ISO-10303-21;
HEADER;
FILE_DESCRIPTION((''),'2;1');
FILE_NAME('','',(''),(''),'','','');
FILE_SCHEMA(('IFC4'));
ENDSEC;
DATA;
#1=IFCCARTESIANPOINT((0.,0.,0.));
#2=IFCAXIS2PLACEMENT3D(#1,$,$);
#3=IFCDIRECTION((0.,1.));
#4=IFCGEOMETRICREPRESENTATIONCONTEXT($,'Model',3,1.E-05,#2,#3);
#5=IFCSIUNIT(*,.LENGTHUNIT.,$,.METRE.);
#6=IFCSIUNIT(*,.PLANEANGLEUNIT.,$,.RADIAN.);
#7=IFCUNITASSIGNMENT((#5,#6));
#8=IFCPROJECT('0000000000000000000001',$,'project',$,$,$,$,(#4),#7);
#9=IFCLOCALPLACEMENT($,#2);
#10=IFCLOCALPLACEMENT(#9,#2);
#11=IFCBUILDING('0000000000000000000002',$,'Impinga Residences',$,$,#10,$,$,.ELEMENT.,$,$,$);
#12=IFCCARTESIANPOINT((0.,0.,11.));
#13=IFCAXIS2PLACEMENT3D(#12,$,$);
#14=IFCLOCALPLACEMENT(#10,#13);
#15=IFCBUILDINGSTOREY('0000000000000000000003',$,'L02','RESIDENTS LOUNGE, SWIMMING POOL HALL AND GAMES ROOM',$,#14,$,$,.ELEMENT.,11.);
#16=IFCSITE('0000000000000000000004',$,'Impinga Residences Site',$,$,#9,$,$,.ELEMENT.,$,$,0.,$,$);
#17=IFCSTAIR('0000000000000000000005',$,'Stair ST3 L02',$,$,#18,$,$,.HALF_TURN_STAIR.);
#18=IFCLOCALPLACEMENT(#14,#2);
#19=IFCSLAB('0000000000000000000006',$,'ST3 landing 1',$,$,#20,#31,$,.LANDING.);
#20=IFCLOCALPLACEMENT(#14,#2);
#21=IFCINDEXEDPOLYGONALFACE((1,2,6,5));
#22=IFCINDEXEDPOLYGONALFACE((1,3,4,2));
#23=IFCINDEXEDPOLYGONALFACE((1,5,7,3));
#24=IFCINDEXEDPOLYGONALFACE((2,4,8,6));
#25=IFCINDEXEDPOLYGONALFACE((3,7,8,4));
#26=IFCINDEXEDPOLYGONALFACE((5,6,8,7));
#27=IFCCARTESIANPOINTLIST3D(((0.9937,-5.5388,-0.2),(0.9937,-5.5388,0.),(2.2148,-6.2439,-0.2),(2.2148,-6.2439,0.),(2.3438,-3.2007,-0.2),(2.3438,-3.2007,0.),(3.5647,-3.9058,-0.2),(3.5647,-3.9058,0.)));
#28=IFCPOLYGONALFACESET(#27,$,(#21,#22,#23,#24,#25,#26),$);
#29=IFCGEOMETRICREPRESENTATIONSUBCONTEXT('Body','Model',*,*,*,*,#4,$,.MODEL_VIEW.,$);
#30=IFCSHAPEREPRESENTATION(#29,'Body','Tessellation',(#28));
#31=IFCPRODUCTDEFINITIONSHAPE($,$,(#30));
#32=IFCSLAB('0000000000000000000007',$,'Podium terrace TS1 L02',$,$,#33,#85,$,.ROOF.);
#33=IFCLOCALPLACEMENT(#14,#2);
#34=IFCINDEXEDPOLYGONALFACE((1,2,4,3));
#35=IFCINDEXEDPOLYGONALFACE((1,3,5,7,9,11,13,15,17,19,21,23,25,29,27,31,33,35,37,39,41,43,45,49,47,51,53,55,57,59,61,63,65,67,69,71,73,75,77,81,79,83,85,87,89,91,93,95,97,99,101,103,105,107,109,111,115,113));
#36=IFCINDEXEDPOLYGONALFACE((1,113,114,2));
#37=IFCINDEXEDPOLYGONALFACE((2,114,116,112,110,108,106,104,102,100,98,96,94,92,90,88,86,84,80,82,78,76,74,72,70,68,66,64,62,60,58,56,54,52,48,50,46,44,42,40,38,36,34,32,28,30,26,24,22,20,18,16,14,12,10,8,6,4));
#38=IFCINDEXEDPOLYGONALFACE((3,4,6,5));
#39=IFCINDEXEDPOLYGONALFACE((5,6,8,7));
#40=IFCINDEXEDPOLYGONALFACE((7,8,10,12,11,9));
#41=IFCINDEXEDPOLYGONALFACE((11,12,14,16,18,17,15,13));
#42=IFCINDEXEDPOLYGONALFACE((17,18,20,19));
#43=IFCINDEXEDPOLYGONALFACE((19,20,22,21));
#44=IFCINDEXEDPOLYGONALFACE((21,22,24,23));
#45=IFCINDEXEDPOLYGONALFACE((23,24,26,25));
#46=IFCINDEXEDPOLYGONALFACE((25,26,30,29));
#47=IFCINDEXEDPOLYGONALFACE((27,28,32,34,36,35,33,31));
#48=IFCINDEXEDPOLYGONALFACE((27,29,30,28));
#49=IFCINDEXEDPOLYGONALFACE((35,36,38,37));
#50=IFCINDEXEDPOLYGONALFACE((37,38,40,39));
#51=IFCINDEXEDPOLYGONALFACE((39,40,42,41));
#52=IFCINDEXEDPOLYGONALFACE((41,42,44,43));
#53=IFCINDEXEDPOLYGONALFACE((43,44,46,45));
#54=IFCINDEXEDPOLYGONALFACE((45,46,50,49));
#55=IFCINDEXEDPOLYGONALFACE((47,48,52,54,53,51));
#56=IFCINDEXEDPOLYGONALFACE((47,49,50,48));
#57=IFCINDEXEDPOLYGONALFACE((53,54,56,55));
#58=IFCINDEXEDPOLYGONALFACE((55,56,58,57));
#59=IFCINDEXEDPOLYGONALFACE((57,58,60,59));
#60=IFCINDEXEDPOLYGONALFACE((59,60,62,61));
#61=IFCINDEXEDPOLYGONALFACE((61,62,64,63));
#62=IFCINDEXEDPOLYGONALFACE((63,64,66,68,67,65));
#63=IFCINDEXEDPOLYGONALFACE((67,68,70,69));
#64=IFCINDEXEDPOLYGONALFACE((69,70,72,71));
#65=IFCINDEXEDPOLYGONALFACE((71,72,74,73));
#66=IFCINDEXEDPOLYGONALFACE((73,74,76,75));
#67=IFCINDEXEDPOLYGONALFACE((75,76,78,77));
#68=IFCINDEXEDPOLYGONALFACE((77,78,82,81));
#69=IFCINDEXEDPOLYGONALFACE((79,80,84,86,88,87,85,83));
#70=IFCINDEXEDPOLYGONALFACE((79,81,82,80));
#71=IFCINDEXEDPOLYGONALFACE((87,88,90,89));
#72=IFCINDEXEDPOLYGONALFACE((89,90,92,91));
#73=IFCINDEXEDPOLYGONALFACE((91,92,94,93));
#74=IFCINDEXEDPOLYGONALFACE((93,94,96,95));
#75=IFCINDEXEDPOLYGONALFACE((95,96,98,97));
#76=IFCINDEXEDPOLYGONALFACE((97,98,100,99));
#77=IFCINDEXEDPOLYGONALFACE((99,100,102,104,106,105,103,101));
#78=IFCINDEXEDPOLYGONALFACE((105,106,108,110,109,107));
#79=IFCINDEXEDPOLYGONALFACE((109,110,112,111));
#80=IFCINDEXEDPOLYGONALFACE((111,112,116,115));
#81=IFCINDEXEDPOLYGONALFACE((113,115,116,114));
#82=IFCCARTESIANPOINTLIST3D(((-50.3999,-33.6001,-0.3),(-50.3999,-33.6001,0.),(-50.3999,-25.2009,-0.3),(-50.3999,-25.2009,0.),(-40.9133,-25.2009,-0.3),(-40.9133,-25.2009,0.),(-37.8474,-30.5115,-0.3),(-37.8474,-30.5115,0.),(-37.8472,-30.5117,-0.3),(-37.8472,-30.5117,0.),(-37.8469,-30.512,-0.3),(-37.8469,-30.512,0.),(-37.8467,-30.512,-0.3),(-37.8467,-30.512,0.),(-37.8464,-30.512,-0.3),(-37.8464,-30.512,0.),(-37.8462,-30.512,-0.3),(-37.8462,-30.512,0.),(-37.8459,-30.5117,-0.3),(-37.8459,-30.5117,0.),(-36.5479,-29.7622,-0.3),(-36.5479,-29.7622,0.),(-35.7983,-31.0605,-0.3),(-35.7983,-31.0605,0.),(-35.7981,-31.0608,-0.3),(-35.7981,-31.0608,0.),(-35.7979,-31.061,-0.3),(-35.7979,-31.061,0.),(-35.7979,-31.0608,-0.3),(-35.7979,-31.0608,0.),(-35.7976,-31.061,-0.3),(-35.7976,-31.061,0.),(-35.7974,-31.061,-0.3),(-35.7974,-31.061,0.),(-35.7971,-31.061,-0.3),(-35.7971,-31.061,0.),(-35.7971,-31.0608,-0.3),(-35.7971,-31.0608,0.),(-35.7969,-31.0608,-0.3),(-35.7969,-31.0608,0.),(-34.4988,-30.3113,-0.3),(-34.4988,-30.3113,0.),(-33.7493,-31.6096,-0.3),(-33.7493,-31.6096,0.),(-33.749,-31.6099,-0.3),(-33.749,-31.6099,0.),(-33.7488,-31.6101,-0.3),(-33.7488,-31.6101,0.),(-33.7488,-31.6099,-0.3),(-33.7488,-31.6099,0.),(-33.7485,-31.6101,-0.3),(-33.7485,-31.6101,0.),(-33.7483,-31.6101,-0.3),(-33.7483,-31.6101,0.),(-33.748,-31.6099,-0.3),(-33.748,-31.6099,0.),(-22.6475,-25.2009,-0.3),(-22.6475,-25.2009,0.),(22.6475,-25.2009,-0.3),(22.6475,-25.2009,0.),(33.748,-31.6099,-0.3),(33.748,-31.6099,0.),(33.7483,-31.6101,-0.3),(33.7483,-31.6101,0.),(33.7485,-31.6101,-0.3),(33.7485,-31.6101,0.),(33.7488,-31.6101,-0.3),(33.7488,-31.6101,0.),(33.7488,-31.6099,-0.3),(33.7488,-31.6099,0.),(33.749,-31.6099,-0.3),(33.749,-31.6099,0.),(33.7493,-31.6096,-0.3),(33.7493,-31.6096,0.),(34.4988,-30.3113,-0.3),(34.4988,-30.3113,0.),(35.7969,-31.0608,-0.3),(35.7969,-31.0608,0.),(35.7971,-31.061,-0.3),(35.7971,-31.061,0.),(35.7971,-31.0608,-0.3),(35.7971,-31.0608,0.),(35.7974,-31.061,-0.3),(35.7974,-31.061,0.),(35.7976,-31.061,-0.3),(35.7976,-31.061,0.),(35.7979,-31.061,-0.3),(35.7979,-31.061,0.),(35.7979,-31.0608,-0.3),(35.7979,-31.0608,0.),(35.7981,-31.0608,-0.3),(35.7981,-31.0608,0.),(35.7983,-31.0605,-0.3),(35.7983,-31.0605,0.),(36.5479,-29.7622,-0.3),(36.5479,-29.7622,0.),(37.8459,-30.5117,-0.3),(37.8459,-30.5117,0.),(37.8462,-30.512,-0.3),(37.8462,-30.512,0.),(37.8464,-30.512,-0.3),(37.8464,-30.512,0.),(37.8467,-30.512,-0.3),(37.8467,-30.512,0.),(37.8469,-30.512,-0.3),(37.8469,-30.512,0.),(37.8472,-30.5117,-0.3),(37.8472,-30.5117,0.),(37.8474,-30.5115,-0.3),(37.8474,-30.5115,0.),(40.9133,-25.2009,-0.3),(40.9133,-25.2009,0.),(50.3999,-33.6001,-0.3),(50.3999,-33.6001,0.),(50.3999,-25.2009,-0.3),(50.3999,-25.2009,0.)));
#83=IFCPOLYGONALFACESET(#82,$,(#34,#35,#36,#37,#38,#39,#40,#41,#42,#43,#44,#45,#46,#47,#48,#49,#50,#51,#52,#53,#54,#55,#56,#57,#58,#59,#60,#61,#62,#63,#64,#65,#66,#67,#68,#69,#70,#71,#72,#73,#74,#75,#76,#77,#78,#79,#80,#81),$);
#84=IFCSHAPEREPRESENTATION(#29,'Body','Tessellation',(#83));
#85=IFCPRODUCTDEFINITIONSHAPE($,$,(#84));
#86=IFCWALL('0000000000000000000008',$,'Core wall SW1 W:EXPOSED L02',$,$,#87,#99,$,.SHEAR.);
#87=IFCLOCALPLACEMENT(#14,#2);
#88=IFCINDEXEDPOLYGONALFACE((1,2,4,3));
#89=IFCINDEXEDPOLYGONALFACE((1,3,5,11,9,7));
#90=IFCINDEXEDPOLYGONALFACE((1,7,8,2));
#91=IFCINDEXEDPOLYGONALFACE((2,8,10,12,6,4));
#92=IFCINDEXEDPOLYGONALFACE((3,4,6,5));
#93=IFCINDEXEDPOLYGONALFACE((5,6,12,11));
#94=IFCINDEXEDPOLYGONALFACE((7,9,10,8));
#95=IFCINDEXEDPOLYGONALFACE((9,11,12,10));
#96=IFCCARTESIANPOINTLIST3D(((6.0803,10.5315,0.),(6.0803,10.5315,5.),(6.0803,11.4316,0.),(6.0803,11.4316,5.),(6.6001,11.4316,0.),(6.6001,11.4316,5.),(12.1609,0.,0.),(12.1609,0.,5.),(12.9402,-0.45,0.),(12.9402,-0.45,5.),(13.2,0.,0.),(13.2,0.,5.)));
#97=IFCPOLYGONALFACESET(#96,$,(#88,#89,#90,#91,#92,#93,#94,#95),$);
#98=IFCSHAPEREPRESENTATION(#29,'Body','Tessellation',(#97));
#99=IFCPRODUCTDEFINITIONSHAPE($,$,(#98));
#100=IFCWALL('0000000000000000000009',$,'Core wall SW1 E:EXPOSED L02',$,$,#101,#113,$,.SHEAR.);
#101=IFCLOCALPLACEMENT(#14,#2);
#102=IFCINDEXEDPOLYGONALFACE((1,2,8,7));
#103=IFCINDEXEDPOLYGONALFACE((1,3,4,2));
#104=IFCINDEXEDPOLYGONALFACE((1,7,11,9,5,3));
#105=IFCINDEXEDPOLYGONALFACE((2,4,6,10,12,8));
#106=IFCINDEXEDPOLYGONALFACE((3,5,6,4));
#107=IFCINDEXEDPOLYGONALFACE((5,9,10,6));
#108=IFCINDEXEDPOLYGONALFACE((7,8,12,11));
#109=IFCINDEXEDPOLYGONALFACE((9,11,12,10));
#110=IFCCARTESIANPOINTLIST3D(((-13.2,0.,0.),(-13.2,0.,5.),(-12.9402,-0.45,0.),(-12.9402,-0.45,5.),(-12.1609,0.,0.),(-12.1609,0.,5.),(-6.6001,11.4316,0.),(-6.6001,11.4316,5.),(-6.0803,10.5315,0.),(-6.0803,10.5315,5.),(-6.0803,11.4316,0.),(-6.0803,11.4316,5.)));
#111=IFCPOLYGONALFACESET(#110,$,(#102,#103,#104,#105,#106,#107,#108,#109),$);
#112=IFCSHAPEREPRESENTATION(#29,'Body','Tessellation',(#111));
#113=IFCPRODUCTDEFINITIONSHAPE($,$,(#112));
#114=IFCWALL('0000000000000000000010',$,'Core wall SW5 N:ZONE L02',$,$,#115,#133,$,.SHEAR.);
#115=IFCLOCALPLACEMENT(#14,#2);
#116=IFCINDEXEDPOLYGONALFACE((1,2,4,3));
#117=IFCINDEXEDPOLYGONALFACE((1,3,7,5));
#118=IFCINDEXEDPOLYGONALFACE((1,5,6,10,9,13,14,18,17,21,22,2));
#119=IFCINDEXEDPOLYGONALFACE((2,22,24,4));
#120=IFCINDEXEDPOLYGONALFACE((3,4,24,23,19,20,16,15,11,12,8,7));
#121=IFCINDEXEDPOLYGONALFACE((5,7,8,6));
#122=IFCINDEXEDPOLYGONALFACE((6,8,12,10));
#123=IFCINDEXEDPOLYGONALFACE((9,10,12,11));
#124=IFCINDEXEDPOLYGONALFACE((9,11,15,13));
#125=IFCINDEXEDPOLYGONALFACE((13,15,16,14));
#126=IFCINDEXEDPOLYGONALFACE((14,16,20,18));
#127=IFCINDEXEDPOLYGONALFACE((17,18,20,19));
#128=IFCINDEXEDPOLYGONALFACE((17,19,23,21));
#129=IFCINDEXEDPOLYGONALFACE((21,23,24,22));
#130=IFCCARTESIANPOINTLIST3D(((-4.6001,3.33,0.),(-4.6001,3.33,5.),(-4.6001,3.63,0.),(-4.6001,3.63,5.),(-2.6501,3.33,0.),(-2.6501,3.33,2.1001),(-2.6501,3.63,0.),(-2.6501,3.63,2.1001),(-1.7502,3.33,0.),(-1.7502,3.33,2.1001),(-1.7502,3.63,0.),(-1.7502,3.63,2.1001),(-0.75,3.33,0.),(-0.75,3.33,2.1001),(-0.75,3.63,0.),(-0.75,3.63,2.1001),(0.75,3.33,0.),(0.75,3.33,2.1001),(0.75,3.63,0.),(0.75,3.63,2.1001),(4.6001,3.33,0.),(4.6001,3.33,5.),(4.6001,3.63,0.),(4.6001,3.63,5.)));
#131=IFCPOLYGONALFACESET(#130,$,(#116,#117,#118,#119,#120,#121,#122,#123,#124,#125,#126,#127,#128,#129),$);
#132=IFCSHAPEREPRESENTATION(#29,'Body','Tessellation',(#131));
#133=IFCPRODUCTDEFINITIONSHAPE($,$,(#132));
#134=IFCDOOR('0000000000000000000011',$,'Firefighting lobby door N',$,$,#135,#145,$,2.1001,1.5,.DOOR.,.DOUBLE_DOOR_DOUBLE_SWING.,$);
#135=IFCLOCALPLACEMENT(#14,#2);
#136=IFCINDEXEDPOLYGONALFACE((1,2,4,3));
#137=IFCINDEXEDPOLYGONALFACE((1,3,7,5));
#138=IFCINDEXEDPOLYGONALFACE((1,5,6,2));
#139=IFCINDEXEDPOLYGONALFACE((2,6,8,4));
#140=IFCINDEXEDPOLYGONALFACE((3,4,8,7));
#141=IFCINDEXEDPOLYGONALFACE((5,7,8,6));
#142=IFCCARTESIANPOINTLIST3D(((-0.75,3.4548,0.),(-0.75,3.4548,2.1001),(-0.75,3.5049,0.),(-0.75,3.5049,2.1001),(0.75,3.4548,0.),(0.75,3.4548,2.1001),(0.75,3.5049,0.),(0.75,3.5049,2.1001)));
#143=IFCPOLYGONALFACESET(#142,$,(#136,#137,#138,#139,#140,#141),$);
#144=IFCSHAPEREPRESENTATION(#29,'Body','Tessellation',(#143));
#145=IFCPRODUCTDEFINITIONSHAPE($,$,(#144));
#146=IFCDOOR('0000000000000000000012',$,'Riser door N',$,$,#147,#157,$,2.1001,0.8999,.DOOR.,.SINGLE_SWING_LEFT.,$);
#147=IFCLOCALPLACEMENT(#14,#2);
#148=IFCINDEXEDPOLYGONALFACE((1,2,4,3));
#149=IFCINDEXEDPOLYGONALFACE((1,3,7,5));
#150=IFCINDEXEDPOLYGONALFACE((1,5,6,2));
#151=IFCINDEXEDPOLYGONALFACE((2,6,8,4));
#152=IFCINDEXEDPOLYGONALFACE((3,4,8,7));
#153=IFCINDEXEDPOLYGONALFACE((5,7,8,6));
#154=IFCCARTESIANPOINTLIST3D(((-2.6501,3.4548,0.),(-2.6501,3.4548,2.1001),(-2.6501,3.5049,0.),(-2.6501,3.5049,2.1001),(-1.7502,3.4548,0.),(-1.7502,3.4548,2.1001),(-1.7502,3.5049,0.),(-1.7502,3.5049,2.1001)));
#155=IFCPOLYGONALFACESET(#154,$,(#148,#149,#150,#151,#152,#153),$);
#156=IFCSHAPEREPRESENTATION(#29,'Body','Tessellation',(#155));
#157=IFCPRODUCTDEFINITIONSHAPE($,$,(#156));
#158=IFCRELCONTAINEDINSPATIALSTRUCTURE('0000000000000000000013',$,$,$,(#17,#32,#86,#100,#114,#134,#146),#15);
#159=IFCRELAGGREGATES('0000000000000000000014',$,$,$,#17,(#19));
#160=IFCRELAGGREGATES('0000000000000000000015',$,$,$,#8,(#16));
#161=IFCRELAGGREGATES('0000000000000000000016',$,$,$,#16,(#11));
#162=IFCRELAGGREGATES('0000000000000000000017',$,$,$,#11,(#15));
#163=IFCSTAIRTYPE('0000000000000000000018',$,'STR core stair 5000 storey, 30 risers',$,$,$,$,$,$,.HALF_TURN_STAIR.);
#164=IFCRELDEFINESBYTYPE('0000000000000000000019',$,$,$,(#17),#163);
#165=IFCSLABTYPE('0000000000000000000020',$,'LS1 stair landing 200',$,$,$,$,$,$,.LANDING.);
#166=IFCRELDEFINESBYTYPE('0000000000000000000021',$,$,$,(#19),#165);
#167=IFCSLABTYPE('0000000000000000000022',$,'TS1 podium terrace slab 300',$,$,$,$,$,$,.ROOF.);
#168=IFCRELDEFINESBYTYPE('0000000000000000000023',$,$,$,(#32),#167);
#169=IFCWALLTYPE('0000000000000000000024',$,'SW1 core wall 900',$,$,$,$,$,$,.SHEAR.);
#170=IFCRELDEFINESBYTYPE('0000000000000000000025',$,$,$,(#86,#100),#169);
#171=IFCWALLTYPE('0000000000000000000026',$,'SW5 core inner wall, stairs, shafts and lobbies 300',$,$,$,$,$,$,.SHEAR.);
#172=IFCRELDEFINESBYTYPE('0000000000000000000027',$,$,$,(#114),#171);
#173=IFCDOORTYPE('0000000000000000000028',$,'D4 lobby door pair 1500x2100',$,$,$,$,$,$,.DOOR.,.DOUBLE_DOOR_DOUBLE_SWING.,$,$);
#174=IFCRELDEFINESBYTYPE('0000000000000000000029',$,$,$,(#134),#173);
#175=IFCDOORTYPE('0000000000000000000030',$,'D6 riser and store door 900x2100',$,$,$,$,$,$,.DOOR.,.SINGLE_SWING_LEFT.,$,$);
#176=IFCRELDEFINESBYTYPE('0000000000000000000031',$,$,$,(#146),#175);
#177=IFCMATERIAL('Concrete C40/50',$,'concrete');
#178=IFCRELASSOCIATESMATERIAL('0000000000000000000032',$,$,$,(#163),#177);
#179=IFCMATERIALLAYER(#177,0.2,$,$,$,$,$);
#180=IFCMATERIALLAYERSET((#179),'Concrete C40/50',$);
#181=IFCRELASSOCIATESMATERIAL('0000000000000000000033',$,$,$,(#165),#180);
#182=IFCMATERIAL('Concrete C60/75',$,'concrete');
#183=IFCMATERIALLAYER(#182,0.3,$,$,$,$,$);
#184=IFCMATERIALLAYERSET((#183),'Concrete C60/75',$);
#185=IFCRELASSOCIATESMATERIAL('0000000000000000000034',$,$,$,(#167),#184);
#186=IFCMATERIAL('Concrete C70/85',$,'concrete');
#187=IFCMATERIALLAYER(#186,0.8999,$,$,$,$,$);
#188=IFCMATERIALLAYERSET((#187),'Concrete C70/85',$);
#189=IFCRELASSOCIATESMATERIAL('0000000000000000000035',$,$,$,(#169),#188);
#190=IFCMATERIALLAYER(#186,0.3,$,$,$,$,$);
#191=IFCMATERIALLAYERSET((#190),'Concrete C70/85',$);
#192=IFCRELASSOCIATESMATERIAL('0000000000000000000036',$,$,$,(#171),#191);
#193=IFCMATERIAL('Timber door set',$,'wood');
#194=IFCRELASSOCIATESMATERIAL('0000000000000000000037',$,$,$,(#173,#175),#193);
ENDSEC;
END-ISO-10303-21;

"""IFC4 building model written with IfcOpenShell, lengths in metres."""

from ifc_helpers import new_model, si_unit, direction, frame, frame_2d, origin, place, context, subcontext, project, spatial, polyline, rectangle, outline, extrude, material, layer, layer_set, type_object, element, fill, aggregate, save


model = new_model("IFC4")

# Units and contexts
model_context = context("Model", 3, precision=1e-05, world=origin(), true_north=direction((0.0, 1.0)))
body_context = subcontext(model_context, "Body", "Model", "MODEL_VIEW")
ifc_project = project(units=[si_unit("LENGTHUNIT", "METRE"), si_unit("PLANEANGLEUNIT", "RADIAN")], contexts=[model_context])

# Site, building, storey
site_placement = place(None, origin())
site = spatial("IfcSite", under=ifc_project, at=site_placement, Name="Impinga Residences Site", CompositionType="ELEMENT", RefElevation=0.0)
building_placement = place(site_placement, origin())
building = spatial("IfcBuilding", under=site, at=building_placement, Name="Impinga Residences", CompositionType="ELEMENT")
storey_placement = place(building_placement, frame((0.0, 0.0, 11.0)))
storey = spatial("IfcBuildingStorey", under=building, at=storey_placement, Name="L02", Description="RESIDENTS LOUNGE, SWIMMING POOL HALL AND GAMES ROOM", CompositionType="ELEMENT", Elevation=11.0)

# Shared definitions
ifc_material_1 = material(Name="Concrete C60/75", Category="concrete")

# Shared definitions
ifc_material_2 = material(Name="Concrete C40/50", Category="concrete")
stair_type = type_object("IfcStairType", Name="STR core stair 5000 storey, 30 risers", PredefinedType="HALF_TURN_STAIR", material=ifc_material_2)
ifc_layer_1 = layer(ifc_material_2, 0.2)
ifc_layer_set_1 = layer_set([ifc_layer_1], Name="Concrete C40/50")
slab_type_1 = type_object("IfcSlabType", Name="LS1 stair landing 200", PredefinedType="LANDING", material=ifc_layer_set_1)

# Stair, slab
stair_1_placement = place(storey_placement, origin())
stair_1 = element("IfcStair", 1, at=stair_1_placement, inside=storey, type_object=stair_type, Name="Stair ST3 L02", PredefinedType="HALF_TURN_STAIR")
slab_1_placement = place(storey_placement, frame((0.0, 0.0, -0.2)))
slab_1 = element("IfcSlab", 2, at=slab_1_placement, type_object=slab_type_1, Name="ST3 landing 1", PredefinedType="LANDING", context=body_context, shape_type="SweptSolid", body=[
    extrude(outline(polyline([(2.3438, -3.2007), (0.9937, -5.5388), (2.2148, -6.2439), (3.5647, -3.9058), (2.3438, -3.2007)])), origin(), (0.0, 0.0, 1.0), 0.2),
])
aggregate(stair_1, [slab_1])

# Slab
ifc_layer_2 = layer(ifc_material_1, 0.3)
ifc_layer_set_2 = layer_set([ifc_layer_2], Name="Concrete C60/75")
slab_type_2 = type_object("IfcSlabType", Name="TS1 podium terrace slab 300", PredefinedType="ROOF", material=ifc_layer_set_2)
slab_2_placement = place(storey_placement, frame((0.0, 0.0, -0.3)))
element("IfcSlab", 3, at=slab_2_placement, inside=storey, type_object=slab_type_2, Name="Podium terrace TS1 L02", PredefinedType="ROOF", context=body_context, shape_type="SweptSolid", body=[
    extrude(outline(polyline([(-50.3999, -25.2009), (-40.9133, -25.2009), (-37.8474, -30.5115), (-37.8474, -30.5115), (-37.8472, -30.5117), (-37.8472, -30.5117), (-37.8472, -30.5117), (-37.8472, -30.5117), (-37.8469, -30.512), (-37.8469, -30.512), (-37.8467, -30.512), (-37.8467, -30.512), (-37.8467, -30.512), (-37.8464, -30.512), (-37.8464, -30.512), (-37.8462, -30.512), (-37.8462, -30.512), (-37.8462, -30.512), (-37.8459, -30.5117), (-36.5479, -29.7622), (-35.7983, -31.0605), (-35.7983, -31.0605), (-35.7983, -31.0605), (-35.7981, -31.0608), (-35.7981, -31.0608), (-35.7981, -31.0608), (-35.7979, -31.0608), (-35.7979, -31.061), (-35.7979, -31.061), (-35.7976, -31.061), (-35.7976, -31.061), (-35.7974, -31.061), (-35.7974, -31.061), (-35.7974, -31.061), (-35.7971, -31.061), (-35.7971, -31.0608), (-35.7969, -31.0608), (-34.4988, -30.3113), (-33.7493, -31.6096), (-33.7493, -31.6096), (-33.7493, -31.6096), (-33.749, -31.6099), (-33.749, -31.6099), (-33.749, -31.6099), (-33.7488, -31.6099), (-33.7488, -31.6099), (-33.7488, -31.6101), (-33.7485, -31.6101), (-33.7485, -31.6101), (-33.7485, -31.6101), (-33.7483, -31.6101), (-33.7483, -31.6101), (-33.748, -31.6099), (-33.748, -31.6099), (-33.748, -31.6099), (-22.6475, -25.2009), (22.6475, -25.2009), (33.748, -31.6099), (33.748, -31.6099), (33.748, -31.6099), (33.7483, -31.6101), (33.7483, -31.6101), (33.7485, -31.6101), (33.7485, -31.6101), (33.7485, -31.6101), (33.7488, -31.6101), (33.7488, -31.6099), (33.7488, -31.6099), (33.749, -31.6099), (33.749, -31.6099), (33.749, -31.6099), (33.7493, -31.6096), (33.7493, -31.6096), (33.7493, -31.6096), (34.4988, -30.3113), (35.7969, -31.0608), (35.7971, -31.0608), (35.7971, -31.061), (35.7974, -31.061), (35.7974, -31.061), (35.7974, -31.061), (35.7976, -31.061), (35.7976, -31.061), (35.7979, -31.061), (35.7979, -31.061), (35.7979, -31.0608), (35.7981, -31.0608), (35.7981, -31.0608), (35.7981, -31.0608), (35.7983, -31.0605), (35.7983, -31.0605), (35.7983, -31.0605), (36.5479, -29.7622), (37.8459, -30.5117), (37.8462, -30.512), (37.8462, -30.512), (37.8462, -30.512), (37.8464, -30.512), (37.8464, -30.512), (37.8467, -30.512), (37.8467, -30.512), (37.8467, -30.512), (37.8469, -30.512), (37.8469, -30.512), (37.8472, -30.5117), (37.8472, -30.5117), (37.8472, -30.5117), (37.8472, -30.5117), (37.8474, -30.5115), (37.8474, -30.5115), (40.9133, -25.2009), (50.3999, -25.2009), (50.3999, -33.6001), (-50.3999, -33.6001), (-50.3999, -25.2009)])), origin(), (0.0, 0.0, 1.0), 0.3),
])

# Walls
ifc_material_3 = material(Name="Concrete C70/85", Category="concrete")
ifc_layer_3 = layer(ifc_material_3, 0.8999)
ifc_layer_set_3 = layer_set([ifc_layer_3], Name="Concrete C70/85")
wall_type_1 = type_object("IfcWallType", Name="SW1 core wall 900", PredefinedType="SHEAR", material=ifc_layer_set_3)
wall_1_placement = place(storey_placement, origin())
element("IfcWall", 4, at=wall_1_placement, inside=storey, type_object=wall_type_1, Name="Core wall SW1 W:EXPOSED L02", PredefinedType="SHEAR", context=body_context, shape_type="SweptSolid", body=[
    extrude(outline(polyline([(13.2, 0.0), (6.6001, 11.4316), (6.0803, 11.4316), (6.0803, 10.5315), (12.1609, 0.0), (12.9402, -0.45), (13.2, 0.0)])), origin(), (0.0, 0.0, 1.0), 5.0),
])
wall_2_placement = place(storey_placement, origin())
element("IfcWall", 5, at=wall_2_placement, inside=storey, type_object=wall_type_1, Name="Core wall SW1 E:EXPOSED L02", PredefinedType="SHEAR", context=body_context, shape_type="SweptSolid", body=[
    extrude(outline(polyline([(-6.6001, 11.4316), (-13.2, 0.0), (-12.9402, -0.45), (-12.1609, 0.0), (-6.0803, 10.5315), (-6.0803, 11.4316), (-6.6001, 11.4316)])), origin(), (0.0, 0.0, 1.0), 5.0),
])

# Wall, openings, doors
ifc_layer_4 = layer(ifc_material_3, 0.3)
ifc_layer_set_4 = layer_set([ifc_layer_4], Name="Concrete C70/85")
wall_type_2 = type_object("IfcWallType", Name="SW5 core inner wall, stairs, shafts and lobbies 300", PredefinedType="SHEAR", material=ifc_layer_set_4)
wall_3_placement = place(storey_placement, frame((-4.6001, 3.48, 0.0), z_axis=(0.0, 0.0, 1.0), x_axis=(1.0, 0.0, 0.0)))
wall_3 = element("IfcWall", 6, at=wall_3_placement, inside=storey, type_object=wall_type_2, Name="Core wall SW5 N:ZONE L02", PredefinedType="SHEAR", context=body_context, shape_type="SweptSolid", body=[
    extrude(rectangle(XDim=9.2002, YDim=0.3, at=frame_2d((4.6001, 0.0))), origin(), (0.0, 0.0, 1.0), 5.0),
])
opening_1_placement = place(wall_3_placement, frame((3.8501, 0.0, 0.0)))
opening_1 = element("IfcOpeningElement", 7, at=opening_1_placement, cuts=wall_3, PredefinedType="OPENING", context=body_context, shape_type="SweptSolid", body=[
    extrude(rectangle(XDim=1.5, YDim=2.1001, at=frame_2d((0.75, 1.05))), frame((0.0, 0.1599, 0.0), z_axis=(0.0, -1.0, 0.0), x_axis=(1.0, 0.0, 0.0)), (0.0, 0.0, 1.0), 0.3201),
])
opening_2_placement = place(wall_3_placement, frame((1.95, 0.0, 0.0)))
opening_2 = element("IfcOpeningElement", 8, at=opening_2_placement, cuts=wall_3, PredefinedType="OPENING", context=body_context, shape_type="SweptSolid", body=[
    extrude(rectangle(XDim=0.8999, YDim=2.1001, at=frame_2d((0.45, 1.05))), frame((0.0, 0.1599, 0.0), z_axis=(0.0, -1.0, 0.0), x_axis=(1.0, 0.0, 0.0)), (0.0, 0.0, 1.0), 0.3201),
])
ifc_material_4 = material(Name="Timber door set", Category="wood")
door_type_1 = type_object("IfcDoorType", Name="D4 lobby door pair 1500x2100", OperationType="DOUBLE_DOOR_DOUBLE_SWING", PredefinedType="DOOR", material=ifc_material_4)
door_1_placement = place(opening_1_placement, origin())
door_1 = element("IfcDoor", 9, at=door_1_placement, inside=storey, type_object=door_type_1, Name="Firefighting lobby door N", OperationType="DOUBLE_DOOR_DOUBLE_SWING", OverallHeight=2.1001, OverallWidth=1.5, PredefinedType="DOOR", context=body_context, shape_type="SweptSolid", body=[
    extrude(rectangle(XDim=1.5, YDim=2.1001, at=frame_2d((0.75, 1.05))), frame((0.0, 0.0249, 0.0), z_axis=(0.0, -1.0, 0.0), x_axis=(1.0, 0.0, 0.0)), (0.0, 0.0, 1.0), 0.05),
])
fill(opening_1, door_1)
door_type_2 = type_object("IfcDoorType", Name="D6 riser and store door 900x2100", OperationType="SINGLE_SWING_LEFT", PredefinedType="DOOR", material=ifc_material_4)
door_2_placement = place(opening_2_placement, origin())
door_2 = element("IfcDoor", 10, at=door_2_placement, inside=storey, type_object=door_type_2, Name="Riser door N", OperationType="SINGLE_SWING_LEFT", OverallHeight=2.1001, OverallWidth=0.8999, PredefinedType="DOOR", context=body_context, shape_type="SweptSolid", body=[
    extrude(rectangle(XDim=0.8999, YDim=2.1001, at=frame_2d((0.45, 1.05))), frame((0.0, 0.0249, 0.0), z_axis=(0.0, -1.0, 0.0), x_axis=(1.0, 0.0, 0.0)), (0.0, 0.0, 1.0), 0.05),
])
fill(opening_2, door_2)

save(model, "model.ifc")
